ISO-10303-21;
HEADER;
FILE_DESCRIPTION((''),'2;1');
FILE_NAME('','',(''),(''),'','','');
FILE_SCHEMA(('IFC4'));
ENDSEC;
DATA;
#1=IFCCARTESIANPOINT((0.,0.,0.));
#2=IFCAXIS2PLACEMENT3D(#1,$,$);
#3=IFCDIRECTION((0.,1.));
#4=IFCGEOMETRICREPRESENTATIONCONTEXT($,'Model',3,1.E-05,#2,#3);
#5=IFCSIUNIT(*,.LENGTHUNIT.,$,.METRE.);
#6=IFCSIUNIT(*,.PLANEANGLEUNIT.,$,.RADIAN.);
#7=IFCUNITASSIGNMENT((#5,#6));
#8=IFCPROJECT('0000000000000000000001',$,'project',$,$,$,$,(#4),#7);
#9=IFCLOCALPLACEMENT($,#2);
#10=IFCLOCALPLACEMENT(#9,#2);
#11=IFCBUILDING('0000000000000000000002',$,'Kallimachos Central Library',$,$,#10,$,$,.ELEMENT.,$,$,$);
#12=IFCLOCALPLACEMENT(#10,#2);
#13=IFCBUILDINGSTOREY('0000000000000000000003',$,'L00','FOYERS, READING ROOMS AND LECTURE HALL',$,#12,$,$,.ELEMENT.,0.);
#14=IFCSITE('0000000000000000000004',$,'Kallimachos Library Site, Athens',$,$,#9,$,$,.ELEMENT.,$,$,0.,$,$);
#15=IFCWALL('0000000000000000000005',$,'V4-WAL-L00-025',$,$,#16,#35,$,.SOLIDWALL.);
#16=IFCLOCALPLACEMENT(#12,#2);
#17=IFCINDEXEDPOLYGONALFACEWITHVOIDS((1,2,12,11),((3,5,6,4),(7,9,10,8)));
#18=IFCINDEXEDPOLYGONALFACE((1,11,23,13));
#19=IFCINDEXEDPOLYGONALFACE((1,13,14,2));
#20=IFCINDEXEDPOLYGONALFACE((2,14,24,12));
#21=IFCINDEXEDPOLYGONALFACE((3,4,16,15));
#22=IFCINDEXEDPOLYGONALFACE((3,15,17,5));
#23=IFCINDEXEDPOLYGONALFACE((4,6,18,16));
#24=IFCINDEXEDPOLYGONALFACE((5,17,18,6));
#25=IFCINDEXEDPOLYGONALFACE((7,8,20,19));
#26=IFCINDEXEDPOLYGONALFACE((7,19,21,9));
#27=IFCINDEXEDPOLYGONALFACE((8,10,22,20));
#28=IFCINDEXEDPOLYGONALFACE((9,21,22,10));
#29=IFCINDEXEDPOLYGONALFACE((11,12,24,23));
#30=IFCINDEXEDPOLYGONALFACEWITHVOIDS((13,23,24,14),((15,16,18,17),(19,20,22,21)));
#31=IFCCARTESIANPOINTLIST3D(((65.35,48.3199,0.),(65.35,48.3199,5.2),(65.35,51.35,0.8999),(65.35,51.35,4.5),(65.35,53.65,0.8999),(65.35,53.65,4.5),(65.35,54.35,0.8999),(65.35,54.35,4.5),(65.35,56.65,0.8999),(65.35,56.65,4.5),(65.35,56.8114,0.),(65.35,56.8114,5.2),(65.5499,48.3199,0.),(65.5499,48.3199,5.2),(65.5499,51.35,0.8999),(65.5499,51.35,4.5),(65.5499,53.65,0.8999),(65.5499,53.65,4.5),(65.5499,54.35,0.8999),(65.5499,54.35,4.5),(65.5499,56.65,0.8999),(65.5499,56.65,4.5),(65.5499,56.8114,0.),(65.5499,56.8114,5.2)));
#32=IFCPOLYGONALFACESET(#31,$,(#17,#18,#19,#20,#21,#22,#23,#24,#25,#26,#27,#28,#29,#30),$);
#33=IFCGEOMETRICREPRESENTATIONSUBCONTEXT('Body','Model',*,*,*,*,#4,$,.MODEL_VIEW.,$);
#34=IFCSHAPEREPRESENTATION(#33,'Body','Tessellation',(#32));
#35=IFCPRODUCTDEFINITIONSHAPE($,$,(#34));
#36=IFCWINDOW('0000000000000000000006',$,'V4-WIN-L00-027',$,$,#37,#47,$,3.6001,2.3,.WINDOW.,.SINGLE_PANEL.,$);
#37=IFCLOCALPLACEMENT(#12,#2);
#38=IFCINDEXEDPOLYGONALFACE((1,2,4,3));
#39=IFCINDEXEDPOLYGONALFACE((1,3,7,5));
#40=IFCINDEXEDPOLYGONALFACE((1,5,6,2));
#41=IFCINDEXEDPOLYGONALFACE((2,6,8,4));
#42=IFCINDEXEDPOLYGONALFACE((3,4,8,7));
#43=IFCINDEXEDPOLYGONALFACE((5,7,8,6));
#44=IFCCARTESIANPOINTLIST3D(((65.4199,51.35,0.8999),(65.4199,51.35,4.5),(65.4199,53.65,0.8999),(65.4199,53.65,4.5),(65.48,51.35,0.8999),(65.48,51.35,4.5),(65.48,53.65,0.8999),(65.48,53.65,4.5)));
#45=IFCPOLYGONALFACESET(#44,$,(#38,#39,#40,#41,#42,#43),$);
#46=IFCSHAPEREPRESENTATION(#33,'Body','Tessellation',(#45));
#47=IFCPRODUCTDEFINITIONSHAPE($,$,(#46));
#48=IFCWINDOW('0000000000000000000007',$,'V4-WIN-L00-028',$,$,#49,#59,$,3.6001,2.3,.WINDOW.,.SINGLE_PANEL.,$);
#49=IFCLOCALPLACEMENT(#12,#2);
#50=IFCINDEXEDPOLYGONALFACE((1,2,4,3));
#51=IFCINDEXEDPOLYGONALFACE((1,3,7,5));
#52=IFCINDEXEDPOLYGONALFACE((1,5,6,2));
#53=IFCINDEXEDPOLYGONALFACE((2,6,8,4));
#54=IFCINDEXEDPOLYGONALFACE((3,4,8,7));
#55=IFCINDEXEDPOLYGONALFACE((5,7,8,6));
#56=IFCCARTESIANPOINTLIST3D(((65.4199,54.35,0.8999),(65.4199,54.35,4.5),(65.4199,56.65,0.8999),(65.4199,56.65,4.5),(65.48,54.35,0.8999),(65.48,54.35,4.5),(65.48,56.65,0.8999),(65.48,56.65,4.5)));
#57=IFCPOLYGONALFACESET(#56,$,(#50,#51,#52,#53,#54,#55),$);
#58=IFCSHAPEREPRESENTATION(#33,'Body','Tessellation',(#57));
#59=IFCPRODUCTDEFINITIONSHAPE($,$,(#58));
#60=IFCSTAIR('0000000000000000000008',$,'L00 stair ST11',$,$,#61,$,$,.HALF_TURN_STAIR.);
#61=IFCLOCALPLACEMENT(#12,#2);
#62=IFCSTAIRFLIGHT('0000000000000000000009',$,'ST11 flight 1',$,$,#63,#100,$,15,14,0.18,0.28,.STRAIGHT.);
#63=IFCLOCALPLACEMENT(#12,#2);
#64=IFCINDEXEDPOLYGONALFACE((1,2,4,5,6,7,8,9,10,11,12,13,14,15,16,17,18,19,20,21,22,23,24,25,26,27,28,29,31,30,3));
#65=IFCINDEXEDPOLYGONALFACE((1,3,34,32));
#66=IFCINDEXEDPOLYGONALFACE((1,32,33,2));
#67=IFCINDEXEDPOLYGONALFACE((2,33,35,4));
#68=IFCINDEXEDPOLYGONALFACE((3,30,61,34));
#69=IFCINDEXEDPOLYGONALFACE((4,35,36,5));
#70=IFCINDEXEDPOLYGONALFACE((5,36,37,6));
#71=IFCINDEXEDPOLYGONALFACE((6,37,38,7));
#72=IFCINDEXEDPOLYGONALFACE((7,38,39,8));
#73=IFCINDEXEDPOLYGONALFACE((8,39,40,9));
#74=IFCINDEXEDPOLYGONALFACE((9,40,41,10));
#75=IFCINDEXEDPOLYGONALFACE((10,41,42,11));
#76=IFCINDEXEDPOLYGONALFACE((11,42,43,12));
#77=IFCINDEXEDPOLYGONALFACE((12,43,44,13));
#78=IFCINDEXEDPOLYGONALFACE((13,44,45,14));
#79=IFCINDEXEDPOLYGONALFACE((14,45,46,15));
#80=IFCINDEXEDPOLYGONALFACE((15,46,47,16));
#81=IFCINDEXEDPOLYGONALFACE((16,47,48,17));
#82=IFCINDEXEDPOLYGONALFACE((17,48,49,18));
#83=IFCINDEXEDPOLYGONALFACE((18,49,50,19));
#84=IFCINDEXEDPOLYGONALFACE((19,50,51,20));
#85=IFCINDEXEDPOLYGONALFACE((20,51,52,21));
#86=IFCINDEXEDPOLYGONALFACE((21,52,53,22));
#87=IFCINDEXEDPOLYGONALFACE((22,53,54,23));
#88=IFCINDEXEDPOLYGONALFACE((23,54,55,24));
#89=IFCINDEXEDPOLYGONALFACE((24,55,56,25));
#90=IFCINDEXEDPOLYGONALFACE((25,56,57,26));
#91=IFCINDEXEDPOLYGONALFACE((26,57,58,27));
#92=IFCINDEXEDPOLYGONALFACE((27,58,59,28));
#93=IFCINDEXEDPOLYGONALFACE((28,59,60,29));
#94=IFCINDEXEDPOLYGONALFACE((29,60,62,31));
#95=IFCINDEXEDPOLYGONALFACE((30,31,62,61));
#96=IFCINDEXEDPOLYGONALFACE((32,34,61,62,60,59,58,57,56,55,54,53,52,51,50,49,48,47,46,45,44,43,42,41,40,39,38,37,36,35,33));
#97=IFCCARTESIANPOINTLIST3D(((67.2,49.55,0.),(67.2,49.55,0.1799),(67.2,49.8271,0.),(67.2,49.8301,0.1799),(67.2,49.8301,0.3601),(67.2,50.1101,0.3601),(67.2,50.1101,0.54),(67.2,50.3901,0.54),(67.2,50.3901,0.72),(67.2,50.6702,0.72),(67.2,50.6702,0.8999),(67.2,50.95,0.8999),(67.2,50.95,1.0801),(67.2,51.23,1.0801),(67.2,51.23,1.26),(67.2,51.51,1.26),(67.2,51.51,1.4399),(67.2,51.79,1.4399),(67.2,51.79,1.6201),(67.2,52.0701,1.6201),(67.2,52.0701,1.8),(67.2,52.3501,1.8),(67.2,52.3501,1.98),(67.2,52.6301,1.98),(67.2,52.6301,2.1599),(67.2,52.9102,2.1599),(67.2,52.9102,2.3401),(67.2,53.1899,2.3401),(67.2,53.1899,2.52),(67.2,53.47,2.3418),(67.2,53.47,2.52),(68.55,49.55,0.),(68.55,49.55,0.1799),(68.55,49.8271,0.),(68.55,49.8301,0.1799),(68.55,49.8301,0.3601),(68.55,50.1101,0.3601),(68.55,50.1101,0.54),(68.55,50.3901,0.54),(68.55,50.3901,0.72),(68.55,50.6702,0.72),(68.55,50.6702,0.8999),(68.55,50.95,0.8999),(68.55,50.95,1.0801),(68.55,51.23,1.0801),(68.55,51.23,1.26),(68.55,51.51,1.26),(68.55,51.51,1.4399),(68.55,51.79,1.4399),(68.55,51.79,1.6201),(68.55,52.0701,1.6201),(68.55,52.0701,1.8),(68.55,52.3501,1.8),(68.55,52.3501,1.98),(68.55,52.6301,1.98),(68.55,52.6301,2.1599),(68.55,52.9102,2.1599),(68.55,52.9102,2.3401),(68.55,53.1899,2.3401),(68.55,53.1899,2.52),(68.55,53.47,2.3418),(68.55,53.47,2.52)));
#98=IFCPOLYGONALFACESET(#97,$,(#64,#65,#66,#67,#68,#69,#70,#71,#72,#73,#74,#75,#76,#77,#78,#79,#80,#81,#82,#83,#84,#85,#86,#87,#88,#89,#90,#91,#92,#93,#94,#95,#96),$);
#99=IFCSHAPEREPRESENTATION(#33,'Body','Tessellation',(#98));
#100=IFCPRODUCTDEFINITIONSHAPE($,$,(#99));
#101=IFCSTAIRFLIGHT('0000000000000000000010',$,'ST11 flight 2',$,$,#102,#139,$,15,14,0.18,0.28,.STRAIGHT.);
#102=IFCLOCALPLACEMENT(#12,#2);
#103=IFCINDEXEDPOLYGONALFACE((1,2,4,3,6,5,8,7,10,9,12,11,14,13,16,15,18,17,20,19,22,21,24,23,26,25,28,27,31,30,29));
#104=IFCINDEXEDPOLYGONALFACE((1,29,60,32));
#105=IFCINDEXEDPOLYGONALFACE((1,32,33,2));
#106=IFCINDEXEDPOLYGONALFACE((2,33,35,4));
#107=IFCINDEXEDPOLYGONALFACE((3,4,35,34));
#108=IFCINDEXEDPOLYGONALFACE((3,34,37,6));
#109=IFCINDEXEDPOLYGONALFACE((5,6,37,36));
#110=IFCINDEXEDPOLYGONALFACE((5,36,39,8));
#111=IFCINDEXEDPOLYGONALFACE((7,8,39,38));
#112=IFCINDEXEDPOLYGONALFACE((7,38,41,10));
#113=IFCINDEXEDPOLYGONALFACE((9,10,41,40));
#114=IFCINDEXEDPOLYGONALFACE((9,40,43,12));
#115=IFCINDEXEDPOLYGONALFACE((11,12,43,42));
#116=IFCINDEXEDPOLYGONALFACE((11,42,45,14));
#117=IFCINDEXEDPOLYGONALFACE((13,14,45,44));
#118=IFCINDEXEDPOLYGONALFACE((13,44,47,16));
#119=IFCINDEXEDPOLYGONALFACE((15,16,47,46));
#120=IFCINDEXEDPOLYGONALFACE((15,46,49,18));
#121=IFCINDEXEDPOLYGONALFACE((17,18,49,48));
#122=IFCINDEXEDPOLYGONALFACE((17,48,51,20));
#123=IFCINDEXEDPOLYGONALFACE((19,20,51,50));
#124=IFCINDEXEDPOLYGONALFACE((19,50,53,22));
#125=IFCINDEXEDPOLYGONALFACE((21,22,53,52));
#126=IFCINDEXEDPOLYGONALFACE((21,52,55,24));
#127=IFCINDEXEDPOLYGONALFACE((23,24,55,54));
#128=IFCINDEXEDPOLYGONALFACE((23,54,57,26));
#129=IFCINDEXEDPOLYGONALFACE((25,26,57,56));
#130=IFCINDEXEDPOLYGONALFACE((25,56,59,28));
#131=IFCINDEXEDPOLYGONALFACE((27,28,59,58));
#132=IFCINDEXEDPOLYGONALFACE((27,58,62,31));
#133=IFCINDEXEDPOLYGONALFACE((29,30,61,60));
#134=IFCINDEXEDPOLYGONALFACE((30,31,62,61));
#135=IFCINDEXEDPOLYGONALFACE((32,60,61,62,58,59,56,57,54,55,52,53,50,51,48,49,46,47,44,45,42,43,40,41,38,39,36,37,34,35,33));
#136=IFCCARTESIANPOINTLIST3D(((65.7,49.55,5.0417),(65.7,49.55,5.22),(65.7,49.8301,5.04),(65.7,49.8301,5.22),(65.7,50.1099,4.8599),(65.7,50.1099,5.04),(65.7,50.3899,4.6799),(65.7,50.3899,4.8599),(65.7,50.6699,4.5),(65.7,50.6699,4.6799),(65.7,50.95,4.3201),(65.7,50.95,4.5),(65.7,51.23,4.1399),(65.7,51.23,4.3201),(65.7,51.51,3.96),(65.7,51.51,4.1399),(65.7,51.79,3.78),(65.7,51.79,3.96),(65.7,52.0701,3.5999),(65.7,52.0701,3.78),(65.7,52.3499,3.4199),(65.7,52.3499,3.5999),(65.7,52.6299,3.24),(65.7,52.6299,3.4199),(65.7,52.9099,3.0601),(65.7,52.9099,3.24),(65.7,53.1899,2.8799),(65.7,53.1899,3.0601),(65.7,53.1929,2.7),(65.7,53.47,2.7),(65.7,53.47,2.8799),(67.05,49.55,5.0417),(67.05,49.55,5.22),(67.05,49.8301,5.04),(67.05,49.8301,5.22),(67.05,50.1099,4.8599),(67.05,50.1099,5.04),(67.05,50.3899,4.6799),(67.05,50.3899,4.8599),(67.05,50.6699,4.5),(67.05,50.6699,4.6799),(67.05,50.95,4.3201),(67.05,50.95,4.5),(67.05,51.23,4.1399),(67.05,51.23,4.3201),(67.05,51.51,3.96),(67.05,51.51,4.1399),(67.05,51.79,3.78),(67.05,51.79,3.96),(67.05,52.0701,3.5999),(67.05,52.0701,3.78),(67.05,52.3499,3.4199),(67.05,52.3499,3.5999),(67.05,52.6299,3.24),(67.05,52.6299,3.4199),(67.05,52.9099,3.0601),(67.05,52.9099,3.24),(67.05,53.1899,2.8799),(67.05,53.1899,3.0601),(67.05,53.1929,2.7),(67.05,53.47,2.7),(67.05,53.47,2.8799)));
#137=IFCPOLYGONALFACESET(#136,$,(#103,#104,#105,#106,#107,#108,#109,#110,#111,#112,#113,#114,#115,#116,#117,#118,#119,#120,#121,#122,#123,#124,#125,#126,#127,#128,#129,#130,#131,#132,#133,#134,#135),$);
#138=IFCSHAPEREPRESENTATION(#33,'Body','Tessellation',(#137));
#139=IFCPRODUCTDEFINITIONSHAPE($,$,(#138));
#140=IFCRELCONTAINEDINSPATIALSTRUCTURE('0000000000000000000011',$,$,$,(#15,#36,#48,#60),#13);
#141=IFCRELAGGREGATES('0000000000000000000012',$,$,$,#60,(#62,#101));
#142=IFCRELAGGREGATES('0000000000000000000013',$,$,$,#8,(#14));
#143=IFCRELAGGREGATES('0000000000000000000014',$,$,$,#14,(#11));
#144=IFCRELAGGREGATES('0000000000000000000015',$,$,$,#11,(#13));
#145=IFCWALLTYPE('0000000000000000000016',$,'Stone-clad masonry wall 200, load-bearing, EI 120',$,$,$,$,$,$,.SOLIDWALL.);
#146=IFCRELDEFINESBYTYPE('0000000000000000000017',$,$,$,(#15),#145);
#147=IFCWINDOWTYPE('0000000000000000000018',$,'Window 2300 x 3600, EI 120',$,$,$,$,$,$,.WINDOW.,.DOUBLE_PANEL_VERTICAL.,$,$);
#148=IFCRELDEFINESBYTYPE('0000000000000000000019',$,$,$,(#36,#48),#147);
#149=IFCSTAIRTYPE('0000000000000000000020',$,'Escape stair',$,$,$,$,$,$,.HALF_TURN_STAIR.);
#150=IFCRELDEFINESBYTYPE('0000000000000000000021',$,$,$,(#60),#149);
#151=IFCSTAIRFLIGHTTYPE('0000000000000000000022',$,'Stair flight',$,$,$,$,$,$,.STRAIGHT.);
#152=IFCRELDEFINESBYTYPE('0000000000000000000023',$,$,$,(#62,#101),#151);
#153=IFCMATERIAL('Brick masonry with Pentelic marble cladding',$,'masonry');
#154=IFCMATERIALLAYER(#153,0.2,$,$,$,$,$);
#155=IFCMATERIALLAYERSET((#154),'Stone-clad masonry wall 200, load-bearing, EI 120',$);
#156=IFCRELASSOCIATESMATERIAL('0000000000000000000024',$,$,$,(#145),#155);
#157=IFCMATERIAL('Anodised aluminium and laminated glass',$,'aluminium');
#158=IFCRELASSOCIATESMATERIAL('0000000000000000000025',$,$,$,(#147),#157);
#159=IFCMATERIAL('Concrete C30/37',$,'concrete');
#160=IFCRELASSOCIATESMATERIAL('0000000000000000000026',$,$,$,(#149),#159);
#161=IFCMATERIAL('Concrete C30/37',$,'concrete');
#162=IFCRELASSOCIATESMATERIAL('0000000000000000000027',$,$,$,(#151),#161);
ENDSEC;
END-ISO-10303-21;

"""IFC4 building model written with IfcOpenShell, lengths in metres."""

from ifc_helpers import new_model, si_unit, direction, frame, frame_2d, origin, place, context, subcontext, project, spatial, polyline, rectangle, outline, extrude, material, layer, layer_set, type_object, element, fill, aggregate, save


model = new_model("IFC4")

# Units and contexts
model_context = context("Model", 3, precision=1e-05, world=origin(), true_north=direction((0.0, 1.0)))
body_context = subcontext(model_context, "Body", "Model", "MODEL_VIEW")
ifc_project = project(units=[si_unit("LENGTHUNIT", "METRE"), si_unit("PLANEANGLEUNIT", "RADIAN")], contexts=[model_context])

# Site, building, storey
site_placement = place(None, origin())
site = spatial("IfcSite", under=ifc_project, at=site_placement, Name="Kallimachos Library Site, Athens", CompositionType="ELEMENT", RefElevation=0.0)
building_placement = place(site_placement, origin())
building = spatial("IfcBuilding", under=site, at=building_placement, Name="Kallimachos Central Library", CompositionType="ELEMENT")
storey_placement = place(building_placement, origin())
storey = spatial("IfcBuildingStorey", under=building, at=storey_placement, Name="L00", Description="FOYERS, READING ROOMS AND LECTURE HALL", CompositionType="ELEMENT", Elevation=0.0)

# Wall, openings, windows
ifc_material_1 = material(Name="Brick masonry with Pentelic marble cladding", Category="masonry")
ifc_layer_1 = layer(ifc_material_1, 0.2)
ifc_layer_set_1 = layer_set([ifc_layer_1], Name="Stone-clad masonry wall 200, load-bearing, EI 120")
wall_type_1 = type_object("IfcWallType", Name="Stone-clad masonry wall 200, load-bearing, EI 120", PredefinedType="SOLIDWALL", material=ifc_layer_set_1)
wall_1_placement = place(storey_placement, frame((65.45, 48.3201, 0.0), z_axis=(0.0, 0.0, 1.0), x_axis=(0.0, 1.0, 0.0)))
wall_1 = element("IfcWall", 1, at=wall_1_placement, inside=storey, type_object=wall_type_1, Name="V4-WAL-L00-025", PredefinedType="SOLIDWALL", context=body_context, shape_type="SweptSolid", body=[
    extrude(rectangle(XDim=8.4915, YDim=0.2, at=frame_2d((4.2456, 0.0))), origin(), (0.0, 0.0, 1.0), 5.2),
])
opening_1_placement = place(wall_1_placement, frame((3.03, 0.0, 0.8999)))
opening_1 = element("IfcOpeningElement", 2, at=opening_1_placement, cuts=wall_1, PredefinedType="OPENING", context=body_context, shape_type="SweptSolid", body=[
    extrude(rectangle(XDim=2.3, YDim=3.6001, at=frame_2d((1.1499, 1.8))), frame((0.0, 0.1099, 0.0), z_axis=(0.0, -1.0, 0.0), x_axis=(1.0, 0.0, 0.0)), (0.0, 0.0, 1.0), 0.22),
])
opening_2_placement = place(wall_1_placement, frame((6.03, 0.0, 0.8999)))
opening_2 = element("IfcOpeningElement", 3, at=opening_2_placement, cuts=wall_1, PredefinedType="OPENING", context=body_context, shape_type="SweptSolid", body=[
    extrude(rectangle(XDim=2.3, YDim=3.6001, at=frame_2d((1.1499, 1.8))), frame((0.0, 0.1099, 0.0), z_axis=(0.0, -1.0, 0.0), x_axis=(1.0, 0.0, 0.0)), (0.0, 0.0, 1.0), 0.22),
])
ifc_material_2 = material(Name="Anodised aluminium and laminated glass", Category="aluminium")
window_type = type_object("IfcWindowType", Name="Window 2300 x 3600, EI 120", PartitioningType="DOUBLE_PANEL_VERTICAL", PredefinedType="WINDOW", material=ifc_material_2)
window_1_placement = place(opening_1_placement, origin())
window_1 = element("IfcWindow", 4, at=window_1_placement, inside=storey, type_object=window_type, Name="V4-WIN-L00-027", OverallHeight=3.6001, OverallWidth=2.3, PartitioningType="SINGLE_PANEL", PredefinedType="WINDOW", context=body_context, shape_type="SweptSolid", body=[
    extrude(rectangle(XDim=2.3, YDim=3.6001, at=frame_2d((1.1499, 1.8))), frame((0.0, 0.03, 0.0), z_axis=(0.0, -1.0, 0.0), x_axis=(1.0, 0.0, 0.0)), (0.0, 0.0, 1.0), 0.0601),
])
fill(opening_1, window_1)
window_2_placement = place(opening_2_placement, origin())
window_2 = element("IfcWindow", 5, at=window_2_placement, inside=storey, type_object=window_type, Name="V4-WIN-L00-028", OverallHeight=3.6001, OverallWidth=2.3, PartitioningType="SINGLE_PANEL", PredefinedType="WINDOW", context=body_context, shape_type="SweptSolid", body=[
    extrude(rectangle(XDim=2.3, YDim=3.6001, at=frame_2d((1.1499, 1.8))), frame((0.0, 0.03, 0.0), z_axis=(0.0, -1.0, 0.0), x_axis=(1.0, 0.0, 0.0)), (0.0, 0.0, 1.0), 0.0601),
])
fill(opening_2, window_2)

# Stair, stair flights
ifc_material_3 = material(Name="Concrete C30/37", Category="concrete")
stair_type = type_object("IfcStairType", Name="Escape stair", PredefinedType="HALF_TURN_STAIR", material=ifc_material_3)
stair_placement = place(storey_placement, origin())
stair = element("IfcStair", 6, at=stair_placement, inside=storey, type_object=stair_type, Name="L00 stair ST11", PredefinedType="HALF_TURN_STAIR")
ifc_material_4 = material(Name="Concrete C30/37", Category="concrete")
stair_flight_type = type_object("IfcStairFlightType", Name="Stair flight", PredefinedType="STRAIGHT", material=ifc_material_4)
stair_flight_1_placement = place(storey_placement, frame((67.875, 49.55, 0.0), z_axis=(0.0, 0.0, 1.0), x_axis=(0.0, 1.0, 0.0)))
stair_flight_1 = element("IfcStairFlight", 7, at=stair_flight_1_placement, type_object=stair_flight_type, Name="ST11 flight 1", NumberOfRisers=15, NumberOfTreads=14, PredefinedType="STRAIGHT", RiserHeight=0.18, TreadLength=0.28, context=body_context, shape_type="SweptSolid", body=[
    extrude(outline(polyline([(0.0, 0.0), (0.0, 0.1799), (0.28, 0.1799), (0.28, 0.3601), (0.5601, 0.3601), (0.5601, 0.54), (0.8401, 0.54), (0.8401, 0.72), (1.1201, 0.72), (1.1201, 0.8999), (1.3999, 0.8999), (1.3999, 1.0801), (1.6799, 1.0801), (1.6799, 1.26), (1.96, 1.26), (1.96, 1.4399), (2.24, 1.4399), (2.24, 1.6201), (2.52, 1.6201), (2.52, 1.8), (2.8, 1.8), (2.8, 1.98), (3.0801, 1.98), (3.0801, 2.1599), (3.3601, 2.1599), (3.3601, 2.3401), (3.6399, 2.3401), (3.6399, 2.52), (3.9199, 2.52), (3.9199, 2.7), (3.9199, 2.3418), (0.2771, 0.0), (0.0, 0.0)])), frame((0.0, 0.675, 0.0), z_axis=(0.0, -1.0, 0.0), x_axis=(1.0, 0.0, 0.0)), (0.0, 0.0, 1.0), 1.3501),
])
stair_flight_2_placement = place(storey_placement, frame((66.375, 53.47, 2.7), z_axis=(0.0, 0.0, 1.0), x_axis=(0.0, -1.0, 0.0)))
stair_flight_2 = element("IfcStairFlight", 8, at=stair_flight_2_placement, type_object=stair_flight_type, Name="ST11 flight 2", NumberOfRisers=15, NumberOfTreads=14, PredefinedType="STRAIGHT", RiserHeight=0.18, TreadLength=0.28, context=body_context, shape_type="SweptSolid", body=[
    extrude(outline(polyline([(0.0, 0.0), (0.0, 0.1799), (0.28, 0.1799), (0.28, 0.3601), (0.5601, 0.3601), (0.5601, 0.54), (0.8401, 0.54), (0.8401, 0.72), (1.1201, 0.72), (1.1201, 0.8999), (1.3999, 0.8999), (1.3999, 1.0801), (1.6799, 1.0801), (1.6799, 1.26), (1.96, 1.26), (1.96, 1.4399), (2.24, 1.4399), (2.24, 1.6201), (2.52, 1.6201), (2.52, 1.8), (2.8, 1.8), (2.8, 1.98), (3.0801, 1.98), (3.0801, 2.1599), (3.3601, 2.1599), (3.3601, 2.3401), (3.6399, 2.3401), (3.6399, 2.52), (3.9199, 2.52), (3.9199, 2.7), (3.9199, 2.3418), (0.2771, 0.0), (0.0, 0.0)])), frame((0.0, 0.675, 0.0), z_axis=(0.0, -1.0, 0.0), x_axis=(1.0, 0.0, 0.0)), (0.0, 0.0, 1.0), 1.3501),
])
aggregate(stair, [stair_flight_1, stair_flight_2])

save(model, "model.ifc")
